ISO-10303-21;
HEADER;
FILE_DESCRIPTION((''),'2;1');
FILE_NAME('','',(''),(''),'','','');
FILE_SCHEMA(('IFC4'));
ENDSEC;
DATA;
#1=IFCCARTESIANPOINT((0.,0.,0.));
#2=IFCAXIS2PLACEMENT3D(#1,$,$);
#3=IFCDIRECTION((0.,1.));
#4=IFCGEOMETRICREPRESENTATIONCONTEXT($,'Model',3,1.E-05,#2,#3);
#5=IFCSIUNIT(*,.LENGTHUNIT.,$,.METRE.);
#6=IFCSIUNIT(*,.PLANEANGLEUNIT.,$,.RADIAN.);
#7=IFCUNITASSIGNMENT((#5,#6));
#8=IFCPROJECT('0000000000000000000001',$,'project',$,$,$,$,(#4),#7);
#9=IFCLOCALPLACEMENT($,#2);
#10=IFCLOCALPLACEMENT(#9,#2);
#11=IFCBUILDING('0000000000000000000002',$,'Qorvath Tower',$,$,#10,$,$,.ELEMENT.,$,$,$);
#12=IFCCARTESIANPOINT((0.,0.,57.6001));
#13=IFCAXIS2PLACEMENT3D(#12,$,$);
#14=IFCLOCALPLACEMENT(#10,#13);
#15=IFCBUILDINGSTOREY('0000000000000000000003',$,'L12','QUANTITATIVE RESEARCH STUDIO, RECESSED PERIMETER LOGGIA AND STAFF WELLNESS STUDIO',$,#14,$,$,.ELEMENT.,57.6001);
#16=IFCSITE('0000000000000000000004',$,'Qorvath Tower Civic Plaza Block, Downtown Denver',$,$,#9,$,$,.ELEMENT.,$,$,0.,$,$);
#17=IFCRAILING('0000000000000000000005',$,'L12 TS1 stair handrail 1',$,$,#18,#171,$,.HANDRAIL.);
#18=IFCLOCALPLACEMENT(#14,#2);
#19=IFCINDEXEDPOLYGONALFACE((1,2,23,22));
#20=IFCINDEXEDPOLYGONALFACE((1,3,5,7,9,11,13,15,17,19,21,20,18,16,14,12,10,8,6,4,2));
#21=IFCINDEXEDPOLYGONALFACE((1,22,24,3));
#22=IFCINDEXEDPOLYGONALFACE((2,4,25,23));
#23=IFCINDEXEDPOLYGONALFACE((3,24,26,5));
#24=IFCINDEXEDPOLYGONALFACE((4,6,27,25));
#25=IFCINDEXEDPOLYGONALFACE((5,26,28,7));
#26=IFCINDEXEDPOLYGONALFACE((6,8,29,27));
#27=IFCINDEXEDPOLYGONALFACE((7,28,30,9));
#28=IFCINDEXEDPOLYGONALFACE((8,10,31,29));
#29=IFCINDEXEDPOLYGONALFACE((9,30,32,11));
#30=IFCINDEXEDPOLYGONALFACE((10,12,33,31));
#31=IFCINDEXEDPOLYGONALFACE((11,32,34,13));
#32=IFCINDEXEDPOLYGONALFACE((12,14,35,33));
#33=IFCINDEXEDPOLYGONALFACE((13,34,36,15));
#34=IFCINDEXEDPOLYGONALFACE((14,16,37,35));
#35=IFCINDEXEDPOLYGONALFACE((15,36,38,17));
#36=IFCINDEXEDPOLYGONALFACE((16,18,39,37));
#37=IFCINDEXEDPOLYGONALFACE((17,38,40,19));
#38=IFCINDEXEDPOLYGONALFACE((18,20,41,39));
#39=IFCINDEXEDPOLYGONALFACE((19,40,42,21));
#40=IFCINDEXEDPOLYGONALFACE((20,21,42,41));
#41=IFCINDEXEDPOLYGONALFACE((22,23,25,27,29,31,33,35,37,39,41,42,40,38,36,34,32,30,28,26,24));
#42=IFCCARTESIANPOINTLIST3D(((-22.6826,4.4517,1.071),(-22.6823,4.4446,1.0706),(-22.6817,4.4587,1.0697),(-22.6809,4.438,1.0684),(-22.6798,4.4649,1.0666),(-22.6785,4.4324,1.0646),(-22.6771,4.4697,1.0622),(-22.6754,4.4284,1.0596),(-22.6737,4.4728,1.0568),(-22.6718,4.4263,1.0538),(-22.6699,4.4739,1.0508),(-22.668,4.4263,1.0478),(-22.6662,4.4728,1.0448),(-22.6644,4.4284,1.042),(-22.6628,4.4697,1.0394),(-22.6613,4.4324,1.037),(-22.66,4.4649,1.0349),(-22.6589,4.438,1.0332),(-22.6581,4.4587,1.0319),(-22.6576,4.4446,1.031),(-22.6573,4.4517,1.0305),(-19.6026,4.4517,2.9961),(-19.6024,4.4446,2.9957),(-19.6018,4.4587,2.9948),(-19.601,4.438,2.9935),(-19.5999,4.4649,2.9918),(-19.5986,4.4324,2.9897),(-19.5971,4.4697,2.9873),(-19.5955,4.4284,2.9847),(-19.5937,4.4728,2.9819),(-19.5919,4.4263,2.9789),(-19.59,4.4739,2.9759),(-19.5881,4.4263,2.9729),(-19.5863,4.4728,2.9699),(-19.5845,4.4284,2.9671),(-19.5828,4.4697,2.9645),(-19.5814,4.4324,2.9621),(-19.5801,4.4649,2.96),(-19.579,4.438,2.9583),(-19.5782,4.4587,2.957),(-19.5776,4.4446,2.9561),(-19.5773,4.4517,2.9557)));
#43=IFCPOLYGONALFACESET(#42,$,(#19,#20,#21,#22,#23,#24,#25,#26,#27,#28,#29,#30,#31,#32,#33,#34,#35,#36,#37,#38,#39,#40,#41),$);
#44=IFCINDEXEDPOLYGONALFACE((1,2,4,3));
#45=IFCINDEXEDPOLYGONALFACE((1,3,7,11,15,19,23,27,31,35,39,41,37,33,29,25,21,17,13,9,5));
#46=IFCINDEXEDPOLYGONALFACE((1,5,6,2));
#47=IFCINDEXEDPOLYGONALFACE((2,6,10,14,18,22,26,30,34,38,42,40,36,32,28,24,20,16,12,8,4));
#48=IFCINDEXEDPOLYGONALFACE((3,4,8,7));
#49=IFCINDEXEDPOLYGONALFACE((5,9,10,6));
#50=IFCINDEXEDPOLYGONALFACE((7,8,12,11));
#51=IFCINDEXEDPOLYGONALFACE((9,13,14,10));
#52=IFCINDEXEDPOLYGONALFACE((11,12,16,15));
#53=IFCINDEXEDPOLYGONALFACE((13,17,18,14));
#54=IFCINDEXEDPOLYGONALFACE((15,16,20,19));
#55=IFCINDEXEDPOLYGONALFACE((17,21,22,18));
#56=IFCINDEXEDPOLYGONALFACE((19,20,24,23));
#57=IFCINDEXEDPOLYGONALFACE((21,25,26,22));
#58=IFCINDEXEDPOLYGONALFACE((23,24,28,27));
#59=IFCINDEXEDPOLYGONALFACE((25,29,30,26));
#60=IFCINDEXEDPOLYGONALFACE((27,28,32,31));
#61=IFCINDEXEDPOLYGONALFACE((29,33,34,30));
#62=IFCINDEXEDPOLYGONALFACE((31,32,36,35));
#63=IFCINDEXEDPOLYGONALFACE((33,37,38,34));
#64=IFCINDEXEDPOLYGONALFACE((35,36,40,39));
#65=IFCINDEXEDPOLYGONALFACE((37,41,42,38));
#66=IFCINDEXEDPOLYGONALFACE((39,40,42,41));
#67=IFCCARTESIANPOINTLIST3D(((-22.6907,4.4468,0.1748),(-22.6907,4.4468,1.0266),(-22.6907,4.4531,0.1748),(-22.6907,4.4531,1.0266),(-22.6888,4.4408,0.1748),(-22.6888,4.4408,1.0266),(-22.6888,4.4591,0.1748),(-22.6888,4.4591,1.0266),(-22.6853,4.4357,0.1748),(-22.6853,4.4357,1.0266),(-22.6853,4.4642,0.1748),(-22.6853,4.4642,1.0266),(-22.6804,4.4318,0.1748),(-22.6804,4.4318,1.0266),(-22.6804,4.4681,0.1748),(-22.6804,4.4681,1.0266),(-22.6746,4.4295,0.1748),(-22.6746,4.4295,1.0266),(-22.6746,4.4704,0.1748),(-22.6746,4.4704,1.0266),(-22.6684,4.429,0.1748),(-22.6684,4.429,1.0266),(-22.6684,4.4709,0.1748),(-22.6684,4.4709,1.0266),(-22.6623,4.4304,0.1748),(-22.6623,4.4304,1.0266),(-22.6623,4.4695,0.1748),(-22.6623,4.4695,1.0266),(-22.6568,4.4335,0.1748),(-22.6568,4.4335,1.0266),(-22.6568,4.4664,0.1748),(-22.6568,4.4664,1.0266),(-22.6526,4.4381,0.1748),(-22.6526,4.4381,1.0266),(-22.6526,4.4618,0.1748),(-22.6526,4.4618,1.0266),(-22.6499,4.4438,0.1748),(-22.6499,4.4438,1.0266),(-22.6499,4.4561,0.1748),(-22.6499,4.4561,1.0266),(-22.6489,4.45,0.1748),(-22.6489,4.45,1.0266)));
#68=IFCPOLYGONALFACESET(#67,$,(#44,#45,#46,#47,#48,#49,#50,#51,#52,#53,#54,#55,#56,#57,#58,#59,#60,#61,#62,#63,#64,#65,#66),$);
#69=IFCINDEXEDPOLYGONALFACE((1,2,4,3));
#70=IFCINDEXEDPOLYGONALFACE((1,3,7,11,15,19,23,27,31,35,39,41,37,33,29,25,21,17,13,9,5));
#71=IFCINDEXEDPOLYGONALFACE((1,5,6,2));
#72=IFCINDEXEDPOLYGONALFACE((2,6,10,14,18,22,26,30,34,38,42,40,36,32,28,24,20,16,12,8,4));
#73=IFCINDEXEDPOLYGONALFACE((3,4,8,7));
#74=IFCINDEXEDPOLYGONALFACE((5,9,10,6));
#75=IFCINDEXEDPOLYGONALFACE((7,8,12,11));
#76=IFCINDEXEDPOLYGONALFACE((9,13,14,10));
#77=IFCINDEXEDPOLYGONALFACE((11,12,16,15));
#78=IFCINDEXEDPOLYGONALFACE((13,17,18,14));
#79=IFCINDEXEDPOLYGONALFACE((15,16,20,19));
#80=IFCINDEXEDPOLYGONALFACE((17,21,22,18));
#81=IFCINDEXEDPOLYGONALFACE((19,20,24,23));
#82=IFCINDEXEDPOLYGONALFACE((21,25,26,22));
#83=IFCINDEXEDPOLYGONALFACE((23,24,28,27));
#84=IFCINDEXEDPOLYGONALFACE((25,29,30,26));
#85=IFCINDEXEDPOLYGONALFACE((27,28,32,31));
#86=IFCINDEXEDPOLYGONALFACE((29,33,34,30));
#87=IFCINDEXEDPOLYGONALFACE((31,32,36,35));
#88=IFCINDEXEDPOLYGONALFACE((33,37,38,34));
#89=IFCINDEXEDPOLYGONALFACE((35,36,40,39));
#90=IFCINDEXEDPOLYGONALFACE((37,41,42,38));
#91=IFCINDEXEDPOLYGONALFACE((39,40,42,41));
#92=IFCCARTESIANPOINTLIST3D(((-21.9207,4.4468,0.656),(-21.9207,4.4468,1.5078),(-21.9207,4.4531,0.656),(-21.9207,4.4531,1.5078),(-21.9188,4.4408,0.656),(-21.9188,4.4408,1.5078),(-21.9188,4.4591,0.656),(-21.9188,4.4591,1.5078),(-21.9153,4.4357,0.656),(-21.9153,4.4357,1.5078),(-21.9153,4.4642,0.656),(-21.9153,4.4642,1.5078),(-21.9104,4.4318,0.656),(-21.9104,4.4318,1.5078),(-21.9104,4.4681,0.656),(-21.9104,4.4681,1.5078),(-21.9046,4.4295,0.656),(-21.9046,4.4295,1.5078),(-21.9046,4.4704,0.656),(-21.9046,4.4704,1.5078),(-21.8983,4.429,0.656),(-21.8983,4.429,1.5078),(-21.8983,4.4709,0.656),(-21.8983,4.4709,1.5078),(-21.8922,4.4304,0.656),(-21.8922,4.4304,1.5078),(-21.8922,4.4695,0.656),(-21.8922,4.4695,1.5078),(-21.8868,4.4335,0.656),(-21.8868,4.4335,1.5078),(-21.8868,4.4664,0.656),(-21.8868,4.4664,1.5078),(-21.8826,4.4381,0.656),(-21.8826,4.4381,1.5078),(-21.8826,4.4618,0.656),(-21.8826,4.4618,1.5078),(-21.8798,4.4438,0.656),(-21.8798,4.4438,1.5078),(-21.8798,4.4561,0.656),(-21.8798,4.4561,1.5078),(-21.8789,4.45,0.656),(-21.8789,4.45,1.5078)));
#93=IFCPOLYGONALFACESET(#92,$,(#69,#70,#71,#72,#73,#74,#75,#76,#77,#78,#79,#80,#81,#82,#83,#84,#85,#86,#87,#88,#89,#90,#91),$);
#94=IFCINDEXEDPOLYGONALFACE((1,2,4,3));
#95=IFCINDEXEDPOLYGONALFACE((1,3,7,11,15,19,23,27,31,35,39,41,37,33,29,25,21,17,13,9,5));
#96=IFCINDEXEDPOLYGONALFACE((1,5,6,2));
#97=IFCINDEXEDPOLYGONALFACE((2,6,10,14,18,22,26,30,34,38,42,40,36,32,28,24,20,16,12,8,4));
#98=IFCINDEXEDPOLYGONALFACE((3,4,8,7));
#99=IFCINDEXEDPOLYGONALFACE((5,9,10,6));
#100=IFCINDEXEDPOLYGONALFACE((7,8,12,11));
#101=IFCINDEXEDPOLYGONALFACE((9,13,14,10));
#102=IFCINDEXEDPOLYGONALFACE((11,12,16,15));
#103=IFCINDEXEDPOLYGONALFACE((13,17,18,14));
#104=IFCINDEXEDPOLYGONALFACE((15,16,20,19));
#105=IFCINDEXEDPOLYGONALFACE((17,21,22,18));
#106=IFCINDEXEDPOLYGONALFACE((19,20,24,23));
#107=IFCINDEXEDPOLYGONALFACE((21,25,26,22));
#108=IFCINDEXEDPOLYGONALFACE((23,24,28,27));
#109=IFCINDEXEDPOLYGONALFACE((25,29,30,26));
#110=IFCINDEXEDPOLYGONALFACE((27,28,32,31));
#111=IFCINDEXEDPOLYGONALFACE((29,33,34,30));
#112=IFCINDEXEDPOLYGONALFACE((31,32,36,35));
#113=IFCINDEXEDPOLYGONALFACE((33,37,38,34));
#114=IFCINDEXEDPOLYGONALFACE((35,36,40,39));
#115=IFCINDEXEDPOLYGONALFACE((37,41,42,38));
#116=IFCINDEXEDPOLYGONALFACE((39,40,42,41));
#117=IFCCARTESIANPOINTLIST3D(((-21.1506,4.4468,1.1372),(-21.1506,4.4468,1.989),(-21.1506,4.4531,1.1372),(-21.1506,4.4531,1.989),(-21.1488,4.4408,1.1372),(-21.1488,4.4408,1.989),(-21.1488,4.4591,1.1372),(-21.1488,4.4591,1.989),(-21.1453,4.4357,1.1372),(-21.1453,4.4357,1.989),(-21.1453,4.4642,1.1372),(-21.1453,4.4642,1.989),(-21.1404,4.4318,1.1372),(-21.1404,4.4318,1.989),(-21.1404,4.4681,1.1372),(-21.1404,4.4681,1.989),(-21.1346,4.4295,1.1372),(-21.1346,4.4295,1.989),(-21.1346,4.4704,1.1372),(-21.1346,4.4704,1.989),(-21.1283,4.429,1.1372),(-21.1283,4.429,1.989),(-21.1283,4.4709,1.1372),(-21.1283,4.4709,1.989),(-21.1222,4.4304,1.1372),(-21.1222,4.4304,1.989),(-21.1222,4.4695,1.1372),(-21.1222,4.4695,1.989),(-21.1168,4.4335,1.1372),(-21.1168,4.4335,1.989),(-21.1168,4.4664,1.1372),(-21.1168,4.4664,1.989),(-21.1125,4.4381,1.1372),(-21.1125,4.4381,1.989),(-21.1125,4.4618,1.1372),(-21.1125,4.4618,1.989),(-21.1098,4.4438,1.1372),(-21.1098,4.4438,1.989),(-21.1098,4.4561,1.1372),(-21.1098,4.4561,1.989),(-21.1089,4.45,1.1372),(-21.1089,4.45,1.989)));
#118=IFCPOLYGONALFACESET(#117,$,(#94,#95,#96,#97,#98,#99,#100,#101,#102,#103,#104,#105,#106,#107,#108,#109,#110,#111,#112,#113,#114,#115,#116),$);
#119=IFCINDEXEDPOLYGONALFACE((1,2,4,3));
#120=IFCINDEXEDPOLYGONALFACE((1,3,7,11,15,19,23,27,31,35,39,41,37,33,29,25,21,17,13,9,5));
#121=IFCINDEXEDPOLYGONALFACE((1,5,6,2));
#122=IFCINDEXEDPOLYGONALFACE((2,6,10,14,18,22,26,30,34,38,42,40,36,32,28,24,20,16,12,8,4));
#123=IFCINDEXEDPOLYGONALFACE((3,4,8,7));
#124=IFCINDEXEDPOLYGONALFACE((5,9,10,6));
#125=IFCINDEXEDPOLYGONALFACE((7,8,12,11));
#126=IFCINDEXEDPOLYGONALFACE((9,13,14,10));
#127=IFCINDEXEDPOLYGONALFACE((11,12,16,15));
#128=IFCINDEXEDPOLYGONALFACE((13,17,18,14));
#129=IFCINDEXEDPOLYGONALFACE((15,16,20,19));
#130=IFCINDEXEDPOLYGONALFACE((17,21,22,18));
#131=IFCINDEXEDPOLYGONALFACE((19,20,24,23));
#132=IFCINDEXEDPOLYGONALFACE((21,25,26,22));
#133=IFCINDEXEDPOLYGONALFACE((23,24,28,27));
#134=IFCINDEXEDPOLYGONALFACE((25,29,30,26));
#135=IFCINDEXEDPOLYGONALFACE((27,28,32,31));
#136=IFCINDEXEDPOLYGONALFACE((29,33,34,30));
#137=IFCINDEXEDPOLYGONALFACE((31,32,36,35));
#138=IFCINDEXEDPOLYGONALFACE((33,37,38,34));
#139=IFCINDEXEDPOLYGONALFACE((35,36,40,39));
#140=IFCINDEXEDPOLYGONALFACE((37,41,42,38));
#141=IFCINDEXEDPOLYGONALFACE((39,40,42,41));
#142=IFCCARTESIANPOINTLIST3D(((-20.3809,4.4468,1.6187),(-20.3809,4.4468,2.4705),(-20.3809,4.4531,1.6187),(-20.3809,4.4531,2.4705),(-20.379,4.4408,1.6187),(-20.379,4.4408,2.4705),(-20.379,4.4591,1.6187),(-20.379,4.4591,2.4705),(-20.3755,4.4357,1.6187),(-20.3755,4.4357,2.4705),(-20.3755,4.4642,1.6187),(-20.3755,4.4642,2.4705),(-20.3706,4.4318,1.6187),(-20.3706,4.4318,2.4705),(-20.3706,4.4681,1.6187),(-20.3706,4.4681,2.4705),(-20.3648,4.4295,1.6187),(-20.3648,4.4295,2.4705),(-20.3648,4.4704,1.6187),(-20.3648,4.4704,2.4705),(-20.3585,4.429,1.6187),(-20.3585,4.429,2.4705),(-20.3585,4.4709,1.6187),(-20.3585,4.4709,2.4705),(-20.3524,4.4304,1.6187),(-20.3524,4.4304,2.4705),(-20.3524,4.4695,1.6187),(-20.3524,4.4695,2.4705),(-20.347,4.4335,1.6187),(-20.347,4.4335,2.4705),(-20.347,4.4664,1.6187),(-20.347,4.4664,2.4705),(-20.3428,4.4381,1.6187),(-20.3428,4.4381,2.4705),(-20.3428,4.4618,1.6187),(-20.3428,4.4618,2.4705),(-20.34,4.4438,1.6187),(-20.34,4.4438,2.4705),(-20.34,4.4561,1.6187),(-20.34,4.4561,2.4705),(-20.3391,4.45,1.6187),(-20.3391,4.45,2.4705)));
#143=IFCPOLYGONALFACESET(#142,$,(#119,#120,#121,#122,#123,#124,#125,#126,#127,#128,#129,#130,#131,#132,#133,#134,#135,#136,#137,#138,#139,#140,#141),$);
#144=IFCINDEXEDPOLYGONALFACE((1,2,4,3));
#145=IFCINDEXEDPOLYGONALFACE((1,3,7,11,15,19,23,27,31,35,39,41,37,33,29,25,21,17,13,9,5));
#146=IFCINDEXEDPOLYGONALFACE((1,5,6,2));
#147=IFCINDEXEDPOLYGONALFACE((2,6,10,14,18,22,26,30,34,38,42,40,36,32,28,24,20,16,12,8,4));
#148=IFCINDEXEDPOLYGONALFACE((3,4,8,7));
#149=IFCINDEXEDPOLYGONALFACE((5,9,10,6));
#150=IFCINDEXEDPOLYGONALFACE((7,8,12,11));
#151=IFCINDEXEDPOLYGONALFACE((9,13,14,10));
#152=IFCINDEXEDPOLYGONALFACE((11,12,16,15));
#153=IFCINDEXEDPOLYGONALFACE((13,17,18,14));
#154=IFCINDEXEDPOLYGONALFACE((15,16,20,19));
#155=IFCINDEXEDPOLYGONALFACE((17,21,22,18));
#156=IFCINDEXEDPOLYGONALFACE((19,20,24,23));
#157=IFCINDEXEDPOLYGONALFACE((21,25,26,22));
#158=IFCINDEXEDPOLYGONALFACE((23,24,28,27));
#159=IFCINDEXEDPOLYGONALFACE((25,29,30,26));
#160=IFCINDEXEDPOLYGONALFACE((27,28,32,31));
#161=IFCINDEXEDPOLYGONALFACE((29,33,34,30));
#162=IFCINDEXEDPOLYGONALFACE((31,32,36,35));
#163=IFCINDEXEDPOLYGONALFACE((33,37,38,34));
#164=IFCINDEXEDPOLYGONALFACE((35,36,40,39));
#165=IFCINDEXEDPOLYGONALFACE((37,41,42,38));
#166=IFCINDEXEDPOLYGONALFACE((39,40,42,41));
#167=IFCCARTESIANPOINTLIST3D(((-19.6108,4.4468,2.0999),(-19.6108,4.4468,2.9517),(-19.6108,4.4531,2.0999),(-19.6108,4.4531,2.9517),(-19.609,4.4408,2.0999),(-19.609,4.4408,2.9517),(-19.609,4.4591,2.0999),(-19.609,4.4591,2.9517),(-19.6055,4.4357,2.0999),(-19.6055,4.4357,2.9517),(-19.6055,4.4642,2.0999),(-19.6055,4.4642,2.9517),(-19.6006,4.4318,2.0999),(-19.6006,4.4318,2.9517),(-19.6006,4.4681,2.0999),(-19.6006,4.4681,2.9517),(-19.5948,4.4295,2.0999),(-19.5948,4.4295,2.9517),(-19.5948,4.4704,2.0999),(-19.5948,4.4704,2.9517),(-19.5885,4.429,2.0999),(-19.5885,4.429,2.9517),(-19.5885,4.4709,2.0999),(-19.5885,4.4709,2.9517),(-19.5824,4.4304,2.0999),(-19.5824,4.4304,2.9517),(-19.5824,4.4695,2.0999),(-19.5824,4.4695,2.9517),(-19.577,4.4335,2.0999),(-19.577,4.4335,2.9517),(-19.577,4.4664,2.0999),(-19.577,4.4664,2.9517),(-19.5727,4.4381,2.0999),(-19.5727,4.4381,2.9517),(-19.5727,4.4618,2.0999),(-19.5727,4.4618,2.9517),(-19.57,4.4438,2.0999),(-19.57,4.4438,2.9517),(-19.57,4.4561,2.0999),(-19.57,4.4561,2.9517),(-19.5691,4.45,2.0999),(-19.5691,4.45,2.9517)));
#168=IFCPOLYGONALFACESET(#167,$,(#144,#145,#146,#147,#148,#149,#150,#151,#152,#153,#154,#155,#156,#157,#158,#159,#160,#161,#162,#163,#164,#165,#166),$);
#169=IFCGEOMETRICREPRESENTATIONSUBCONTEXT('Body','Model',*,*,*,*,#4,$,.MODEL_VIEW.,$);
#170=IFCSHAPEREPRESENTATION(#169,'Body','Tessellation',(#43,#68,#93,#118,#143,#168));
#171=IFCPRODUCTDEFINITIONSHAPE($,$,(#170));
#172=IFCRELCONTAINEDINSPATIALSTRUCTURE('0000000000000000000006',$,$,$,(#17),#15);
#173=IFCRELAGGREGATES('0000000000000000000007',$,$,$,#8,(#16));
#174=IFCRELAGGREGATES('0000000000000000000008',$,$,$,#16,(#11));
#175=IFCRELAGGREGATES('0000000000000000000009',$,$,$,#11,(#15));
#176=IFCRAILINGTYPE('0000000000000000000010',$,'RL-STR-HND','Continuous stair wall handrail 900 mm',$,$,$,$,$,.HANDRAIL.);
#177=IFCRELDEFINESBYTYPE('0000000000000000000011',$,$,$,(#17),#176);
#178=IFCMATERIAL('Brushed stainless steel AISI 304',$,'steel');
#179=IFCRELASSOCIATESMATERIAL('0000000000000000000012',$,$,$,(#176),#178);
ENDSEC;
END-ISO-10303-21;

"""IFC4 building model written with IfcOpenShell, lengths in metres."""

from ifc_helpers import new_model, si_unit, direction, frame, origin, origin_2d, place, context, subcontext, project, spatial, circle, extrude, material, type_object, element, save


model = new_model("IFC4")

# Units and contexts
model_context = context("Model", 3, precision=1e-05, world=origin(), true_north=direction((0.0, 1.0)))
body_context = subcontext(model_context, "Body", "Model", "MODEL_VIEW")
ifc_project = project(units=[si_unit("LENGTHUNIT", "METRE"), si_unit("PLANEANGLEUNIT", "RADIAN")], contexts=[model_context])

# Site, building, storey
site_placement = place(None, origin())
site = spatial("IfcSite", under=ifc_project, at=site_placement, Name="Qorvath Tower Civic Plaza Block, Downtown Denver", CompositionType="ELEMENT", RefElevation=0.0)
building_placement = place(site_placement, origin())
building = spatial("IfcBuilding", under=site, at=building_placement, Name="Qorvath Tower", CompositionType="ELEMENT")
storey_placement = place(building_placement, frame((0.0, 0.0, 57.6001)))
storey = spatial("IfcBuildingStorey", under=building, at=storey_placement, Name="L12", Description="QUANTITATIVE RESEARCH STUDIO, RECESSED PERIMETER LOGGIA AND STAFF WELLNESS STUDIO", CompositionType="ELEMENT", Elevation=57.6001)

# Railing
ifc_material_1 = material(Name="Brushed stainless steel AISI 304", Category="steel")
railing_type_1 = type_object("IfcRailingType", Name="RL-STR-HND", Description="Continuous stair wall handrail 900 mm", PredefinedType="HANDRAIL", material=ifc_material_1)
railing_1_placement = place(storey_placement, frame((-22.6699, 4.45, 0.1748)))
element("IfcRailing", 1, at=railing_1_placement, inside=storey, type_object=railing_type_1, Name="L12 TS1 stair handrail 1", PredefinedType="HANDRAIL", context=body_context, shape_type="SweptSolid", body=[
    extrude(circle(Radius=0.0239, at=origin_2d()), frame((0.0, 0.0, 0.876), z_axis=(0.847979, 0.0, 0.530029), x_axis=(0.0, 1.0, 0.0)), (0.0, 0.0, 1.0), 3.6321),
    extrude(circle(Radius=0.021, at=origin_2d()), origin(), (0.0, 0.0, 1.0), 0.8518),
    extrude(circle(Radius=0.021, at=origin_2d()), frame((0.77, 0.0, 0.4812)), (0.0, 0.0, 1.0), 0.8518),
    extrude(circle(Radius=0.021, at=origin_2d()), frame((1.54, 0.0, 0.9624)), (0.0, 0.0, 1.0), 0.8518),
    extrude(circle(Radius=0.021, at=origin_2d()), frame((2.3098, 0.0, 1.4438)), (0.0, 0.0, 1.0), 0.8518),
    extrude(circle(Radius=0.021, at=origin_2d()), frame((3.0798, 0.0, 1.925)), (0.0, 0.0, 1.0), 0.8518),
])

save(model, "model.ifc")
